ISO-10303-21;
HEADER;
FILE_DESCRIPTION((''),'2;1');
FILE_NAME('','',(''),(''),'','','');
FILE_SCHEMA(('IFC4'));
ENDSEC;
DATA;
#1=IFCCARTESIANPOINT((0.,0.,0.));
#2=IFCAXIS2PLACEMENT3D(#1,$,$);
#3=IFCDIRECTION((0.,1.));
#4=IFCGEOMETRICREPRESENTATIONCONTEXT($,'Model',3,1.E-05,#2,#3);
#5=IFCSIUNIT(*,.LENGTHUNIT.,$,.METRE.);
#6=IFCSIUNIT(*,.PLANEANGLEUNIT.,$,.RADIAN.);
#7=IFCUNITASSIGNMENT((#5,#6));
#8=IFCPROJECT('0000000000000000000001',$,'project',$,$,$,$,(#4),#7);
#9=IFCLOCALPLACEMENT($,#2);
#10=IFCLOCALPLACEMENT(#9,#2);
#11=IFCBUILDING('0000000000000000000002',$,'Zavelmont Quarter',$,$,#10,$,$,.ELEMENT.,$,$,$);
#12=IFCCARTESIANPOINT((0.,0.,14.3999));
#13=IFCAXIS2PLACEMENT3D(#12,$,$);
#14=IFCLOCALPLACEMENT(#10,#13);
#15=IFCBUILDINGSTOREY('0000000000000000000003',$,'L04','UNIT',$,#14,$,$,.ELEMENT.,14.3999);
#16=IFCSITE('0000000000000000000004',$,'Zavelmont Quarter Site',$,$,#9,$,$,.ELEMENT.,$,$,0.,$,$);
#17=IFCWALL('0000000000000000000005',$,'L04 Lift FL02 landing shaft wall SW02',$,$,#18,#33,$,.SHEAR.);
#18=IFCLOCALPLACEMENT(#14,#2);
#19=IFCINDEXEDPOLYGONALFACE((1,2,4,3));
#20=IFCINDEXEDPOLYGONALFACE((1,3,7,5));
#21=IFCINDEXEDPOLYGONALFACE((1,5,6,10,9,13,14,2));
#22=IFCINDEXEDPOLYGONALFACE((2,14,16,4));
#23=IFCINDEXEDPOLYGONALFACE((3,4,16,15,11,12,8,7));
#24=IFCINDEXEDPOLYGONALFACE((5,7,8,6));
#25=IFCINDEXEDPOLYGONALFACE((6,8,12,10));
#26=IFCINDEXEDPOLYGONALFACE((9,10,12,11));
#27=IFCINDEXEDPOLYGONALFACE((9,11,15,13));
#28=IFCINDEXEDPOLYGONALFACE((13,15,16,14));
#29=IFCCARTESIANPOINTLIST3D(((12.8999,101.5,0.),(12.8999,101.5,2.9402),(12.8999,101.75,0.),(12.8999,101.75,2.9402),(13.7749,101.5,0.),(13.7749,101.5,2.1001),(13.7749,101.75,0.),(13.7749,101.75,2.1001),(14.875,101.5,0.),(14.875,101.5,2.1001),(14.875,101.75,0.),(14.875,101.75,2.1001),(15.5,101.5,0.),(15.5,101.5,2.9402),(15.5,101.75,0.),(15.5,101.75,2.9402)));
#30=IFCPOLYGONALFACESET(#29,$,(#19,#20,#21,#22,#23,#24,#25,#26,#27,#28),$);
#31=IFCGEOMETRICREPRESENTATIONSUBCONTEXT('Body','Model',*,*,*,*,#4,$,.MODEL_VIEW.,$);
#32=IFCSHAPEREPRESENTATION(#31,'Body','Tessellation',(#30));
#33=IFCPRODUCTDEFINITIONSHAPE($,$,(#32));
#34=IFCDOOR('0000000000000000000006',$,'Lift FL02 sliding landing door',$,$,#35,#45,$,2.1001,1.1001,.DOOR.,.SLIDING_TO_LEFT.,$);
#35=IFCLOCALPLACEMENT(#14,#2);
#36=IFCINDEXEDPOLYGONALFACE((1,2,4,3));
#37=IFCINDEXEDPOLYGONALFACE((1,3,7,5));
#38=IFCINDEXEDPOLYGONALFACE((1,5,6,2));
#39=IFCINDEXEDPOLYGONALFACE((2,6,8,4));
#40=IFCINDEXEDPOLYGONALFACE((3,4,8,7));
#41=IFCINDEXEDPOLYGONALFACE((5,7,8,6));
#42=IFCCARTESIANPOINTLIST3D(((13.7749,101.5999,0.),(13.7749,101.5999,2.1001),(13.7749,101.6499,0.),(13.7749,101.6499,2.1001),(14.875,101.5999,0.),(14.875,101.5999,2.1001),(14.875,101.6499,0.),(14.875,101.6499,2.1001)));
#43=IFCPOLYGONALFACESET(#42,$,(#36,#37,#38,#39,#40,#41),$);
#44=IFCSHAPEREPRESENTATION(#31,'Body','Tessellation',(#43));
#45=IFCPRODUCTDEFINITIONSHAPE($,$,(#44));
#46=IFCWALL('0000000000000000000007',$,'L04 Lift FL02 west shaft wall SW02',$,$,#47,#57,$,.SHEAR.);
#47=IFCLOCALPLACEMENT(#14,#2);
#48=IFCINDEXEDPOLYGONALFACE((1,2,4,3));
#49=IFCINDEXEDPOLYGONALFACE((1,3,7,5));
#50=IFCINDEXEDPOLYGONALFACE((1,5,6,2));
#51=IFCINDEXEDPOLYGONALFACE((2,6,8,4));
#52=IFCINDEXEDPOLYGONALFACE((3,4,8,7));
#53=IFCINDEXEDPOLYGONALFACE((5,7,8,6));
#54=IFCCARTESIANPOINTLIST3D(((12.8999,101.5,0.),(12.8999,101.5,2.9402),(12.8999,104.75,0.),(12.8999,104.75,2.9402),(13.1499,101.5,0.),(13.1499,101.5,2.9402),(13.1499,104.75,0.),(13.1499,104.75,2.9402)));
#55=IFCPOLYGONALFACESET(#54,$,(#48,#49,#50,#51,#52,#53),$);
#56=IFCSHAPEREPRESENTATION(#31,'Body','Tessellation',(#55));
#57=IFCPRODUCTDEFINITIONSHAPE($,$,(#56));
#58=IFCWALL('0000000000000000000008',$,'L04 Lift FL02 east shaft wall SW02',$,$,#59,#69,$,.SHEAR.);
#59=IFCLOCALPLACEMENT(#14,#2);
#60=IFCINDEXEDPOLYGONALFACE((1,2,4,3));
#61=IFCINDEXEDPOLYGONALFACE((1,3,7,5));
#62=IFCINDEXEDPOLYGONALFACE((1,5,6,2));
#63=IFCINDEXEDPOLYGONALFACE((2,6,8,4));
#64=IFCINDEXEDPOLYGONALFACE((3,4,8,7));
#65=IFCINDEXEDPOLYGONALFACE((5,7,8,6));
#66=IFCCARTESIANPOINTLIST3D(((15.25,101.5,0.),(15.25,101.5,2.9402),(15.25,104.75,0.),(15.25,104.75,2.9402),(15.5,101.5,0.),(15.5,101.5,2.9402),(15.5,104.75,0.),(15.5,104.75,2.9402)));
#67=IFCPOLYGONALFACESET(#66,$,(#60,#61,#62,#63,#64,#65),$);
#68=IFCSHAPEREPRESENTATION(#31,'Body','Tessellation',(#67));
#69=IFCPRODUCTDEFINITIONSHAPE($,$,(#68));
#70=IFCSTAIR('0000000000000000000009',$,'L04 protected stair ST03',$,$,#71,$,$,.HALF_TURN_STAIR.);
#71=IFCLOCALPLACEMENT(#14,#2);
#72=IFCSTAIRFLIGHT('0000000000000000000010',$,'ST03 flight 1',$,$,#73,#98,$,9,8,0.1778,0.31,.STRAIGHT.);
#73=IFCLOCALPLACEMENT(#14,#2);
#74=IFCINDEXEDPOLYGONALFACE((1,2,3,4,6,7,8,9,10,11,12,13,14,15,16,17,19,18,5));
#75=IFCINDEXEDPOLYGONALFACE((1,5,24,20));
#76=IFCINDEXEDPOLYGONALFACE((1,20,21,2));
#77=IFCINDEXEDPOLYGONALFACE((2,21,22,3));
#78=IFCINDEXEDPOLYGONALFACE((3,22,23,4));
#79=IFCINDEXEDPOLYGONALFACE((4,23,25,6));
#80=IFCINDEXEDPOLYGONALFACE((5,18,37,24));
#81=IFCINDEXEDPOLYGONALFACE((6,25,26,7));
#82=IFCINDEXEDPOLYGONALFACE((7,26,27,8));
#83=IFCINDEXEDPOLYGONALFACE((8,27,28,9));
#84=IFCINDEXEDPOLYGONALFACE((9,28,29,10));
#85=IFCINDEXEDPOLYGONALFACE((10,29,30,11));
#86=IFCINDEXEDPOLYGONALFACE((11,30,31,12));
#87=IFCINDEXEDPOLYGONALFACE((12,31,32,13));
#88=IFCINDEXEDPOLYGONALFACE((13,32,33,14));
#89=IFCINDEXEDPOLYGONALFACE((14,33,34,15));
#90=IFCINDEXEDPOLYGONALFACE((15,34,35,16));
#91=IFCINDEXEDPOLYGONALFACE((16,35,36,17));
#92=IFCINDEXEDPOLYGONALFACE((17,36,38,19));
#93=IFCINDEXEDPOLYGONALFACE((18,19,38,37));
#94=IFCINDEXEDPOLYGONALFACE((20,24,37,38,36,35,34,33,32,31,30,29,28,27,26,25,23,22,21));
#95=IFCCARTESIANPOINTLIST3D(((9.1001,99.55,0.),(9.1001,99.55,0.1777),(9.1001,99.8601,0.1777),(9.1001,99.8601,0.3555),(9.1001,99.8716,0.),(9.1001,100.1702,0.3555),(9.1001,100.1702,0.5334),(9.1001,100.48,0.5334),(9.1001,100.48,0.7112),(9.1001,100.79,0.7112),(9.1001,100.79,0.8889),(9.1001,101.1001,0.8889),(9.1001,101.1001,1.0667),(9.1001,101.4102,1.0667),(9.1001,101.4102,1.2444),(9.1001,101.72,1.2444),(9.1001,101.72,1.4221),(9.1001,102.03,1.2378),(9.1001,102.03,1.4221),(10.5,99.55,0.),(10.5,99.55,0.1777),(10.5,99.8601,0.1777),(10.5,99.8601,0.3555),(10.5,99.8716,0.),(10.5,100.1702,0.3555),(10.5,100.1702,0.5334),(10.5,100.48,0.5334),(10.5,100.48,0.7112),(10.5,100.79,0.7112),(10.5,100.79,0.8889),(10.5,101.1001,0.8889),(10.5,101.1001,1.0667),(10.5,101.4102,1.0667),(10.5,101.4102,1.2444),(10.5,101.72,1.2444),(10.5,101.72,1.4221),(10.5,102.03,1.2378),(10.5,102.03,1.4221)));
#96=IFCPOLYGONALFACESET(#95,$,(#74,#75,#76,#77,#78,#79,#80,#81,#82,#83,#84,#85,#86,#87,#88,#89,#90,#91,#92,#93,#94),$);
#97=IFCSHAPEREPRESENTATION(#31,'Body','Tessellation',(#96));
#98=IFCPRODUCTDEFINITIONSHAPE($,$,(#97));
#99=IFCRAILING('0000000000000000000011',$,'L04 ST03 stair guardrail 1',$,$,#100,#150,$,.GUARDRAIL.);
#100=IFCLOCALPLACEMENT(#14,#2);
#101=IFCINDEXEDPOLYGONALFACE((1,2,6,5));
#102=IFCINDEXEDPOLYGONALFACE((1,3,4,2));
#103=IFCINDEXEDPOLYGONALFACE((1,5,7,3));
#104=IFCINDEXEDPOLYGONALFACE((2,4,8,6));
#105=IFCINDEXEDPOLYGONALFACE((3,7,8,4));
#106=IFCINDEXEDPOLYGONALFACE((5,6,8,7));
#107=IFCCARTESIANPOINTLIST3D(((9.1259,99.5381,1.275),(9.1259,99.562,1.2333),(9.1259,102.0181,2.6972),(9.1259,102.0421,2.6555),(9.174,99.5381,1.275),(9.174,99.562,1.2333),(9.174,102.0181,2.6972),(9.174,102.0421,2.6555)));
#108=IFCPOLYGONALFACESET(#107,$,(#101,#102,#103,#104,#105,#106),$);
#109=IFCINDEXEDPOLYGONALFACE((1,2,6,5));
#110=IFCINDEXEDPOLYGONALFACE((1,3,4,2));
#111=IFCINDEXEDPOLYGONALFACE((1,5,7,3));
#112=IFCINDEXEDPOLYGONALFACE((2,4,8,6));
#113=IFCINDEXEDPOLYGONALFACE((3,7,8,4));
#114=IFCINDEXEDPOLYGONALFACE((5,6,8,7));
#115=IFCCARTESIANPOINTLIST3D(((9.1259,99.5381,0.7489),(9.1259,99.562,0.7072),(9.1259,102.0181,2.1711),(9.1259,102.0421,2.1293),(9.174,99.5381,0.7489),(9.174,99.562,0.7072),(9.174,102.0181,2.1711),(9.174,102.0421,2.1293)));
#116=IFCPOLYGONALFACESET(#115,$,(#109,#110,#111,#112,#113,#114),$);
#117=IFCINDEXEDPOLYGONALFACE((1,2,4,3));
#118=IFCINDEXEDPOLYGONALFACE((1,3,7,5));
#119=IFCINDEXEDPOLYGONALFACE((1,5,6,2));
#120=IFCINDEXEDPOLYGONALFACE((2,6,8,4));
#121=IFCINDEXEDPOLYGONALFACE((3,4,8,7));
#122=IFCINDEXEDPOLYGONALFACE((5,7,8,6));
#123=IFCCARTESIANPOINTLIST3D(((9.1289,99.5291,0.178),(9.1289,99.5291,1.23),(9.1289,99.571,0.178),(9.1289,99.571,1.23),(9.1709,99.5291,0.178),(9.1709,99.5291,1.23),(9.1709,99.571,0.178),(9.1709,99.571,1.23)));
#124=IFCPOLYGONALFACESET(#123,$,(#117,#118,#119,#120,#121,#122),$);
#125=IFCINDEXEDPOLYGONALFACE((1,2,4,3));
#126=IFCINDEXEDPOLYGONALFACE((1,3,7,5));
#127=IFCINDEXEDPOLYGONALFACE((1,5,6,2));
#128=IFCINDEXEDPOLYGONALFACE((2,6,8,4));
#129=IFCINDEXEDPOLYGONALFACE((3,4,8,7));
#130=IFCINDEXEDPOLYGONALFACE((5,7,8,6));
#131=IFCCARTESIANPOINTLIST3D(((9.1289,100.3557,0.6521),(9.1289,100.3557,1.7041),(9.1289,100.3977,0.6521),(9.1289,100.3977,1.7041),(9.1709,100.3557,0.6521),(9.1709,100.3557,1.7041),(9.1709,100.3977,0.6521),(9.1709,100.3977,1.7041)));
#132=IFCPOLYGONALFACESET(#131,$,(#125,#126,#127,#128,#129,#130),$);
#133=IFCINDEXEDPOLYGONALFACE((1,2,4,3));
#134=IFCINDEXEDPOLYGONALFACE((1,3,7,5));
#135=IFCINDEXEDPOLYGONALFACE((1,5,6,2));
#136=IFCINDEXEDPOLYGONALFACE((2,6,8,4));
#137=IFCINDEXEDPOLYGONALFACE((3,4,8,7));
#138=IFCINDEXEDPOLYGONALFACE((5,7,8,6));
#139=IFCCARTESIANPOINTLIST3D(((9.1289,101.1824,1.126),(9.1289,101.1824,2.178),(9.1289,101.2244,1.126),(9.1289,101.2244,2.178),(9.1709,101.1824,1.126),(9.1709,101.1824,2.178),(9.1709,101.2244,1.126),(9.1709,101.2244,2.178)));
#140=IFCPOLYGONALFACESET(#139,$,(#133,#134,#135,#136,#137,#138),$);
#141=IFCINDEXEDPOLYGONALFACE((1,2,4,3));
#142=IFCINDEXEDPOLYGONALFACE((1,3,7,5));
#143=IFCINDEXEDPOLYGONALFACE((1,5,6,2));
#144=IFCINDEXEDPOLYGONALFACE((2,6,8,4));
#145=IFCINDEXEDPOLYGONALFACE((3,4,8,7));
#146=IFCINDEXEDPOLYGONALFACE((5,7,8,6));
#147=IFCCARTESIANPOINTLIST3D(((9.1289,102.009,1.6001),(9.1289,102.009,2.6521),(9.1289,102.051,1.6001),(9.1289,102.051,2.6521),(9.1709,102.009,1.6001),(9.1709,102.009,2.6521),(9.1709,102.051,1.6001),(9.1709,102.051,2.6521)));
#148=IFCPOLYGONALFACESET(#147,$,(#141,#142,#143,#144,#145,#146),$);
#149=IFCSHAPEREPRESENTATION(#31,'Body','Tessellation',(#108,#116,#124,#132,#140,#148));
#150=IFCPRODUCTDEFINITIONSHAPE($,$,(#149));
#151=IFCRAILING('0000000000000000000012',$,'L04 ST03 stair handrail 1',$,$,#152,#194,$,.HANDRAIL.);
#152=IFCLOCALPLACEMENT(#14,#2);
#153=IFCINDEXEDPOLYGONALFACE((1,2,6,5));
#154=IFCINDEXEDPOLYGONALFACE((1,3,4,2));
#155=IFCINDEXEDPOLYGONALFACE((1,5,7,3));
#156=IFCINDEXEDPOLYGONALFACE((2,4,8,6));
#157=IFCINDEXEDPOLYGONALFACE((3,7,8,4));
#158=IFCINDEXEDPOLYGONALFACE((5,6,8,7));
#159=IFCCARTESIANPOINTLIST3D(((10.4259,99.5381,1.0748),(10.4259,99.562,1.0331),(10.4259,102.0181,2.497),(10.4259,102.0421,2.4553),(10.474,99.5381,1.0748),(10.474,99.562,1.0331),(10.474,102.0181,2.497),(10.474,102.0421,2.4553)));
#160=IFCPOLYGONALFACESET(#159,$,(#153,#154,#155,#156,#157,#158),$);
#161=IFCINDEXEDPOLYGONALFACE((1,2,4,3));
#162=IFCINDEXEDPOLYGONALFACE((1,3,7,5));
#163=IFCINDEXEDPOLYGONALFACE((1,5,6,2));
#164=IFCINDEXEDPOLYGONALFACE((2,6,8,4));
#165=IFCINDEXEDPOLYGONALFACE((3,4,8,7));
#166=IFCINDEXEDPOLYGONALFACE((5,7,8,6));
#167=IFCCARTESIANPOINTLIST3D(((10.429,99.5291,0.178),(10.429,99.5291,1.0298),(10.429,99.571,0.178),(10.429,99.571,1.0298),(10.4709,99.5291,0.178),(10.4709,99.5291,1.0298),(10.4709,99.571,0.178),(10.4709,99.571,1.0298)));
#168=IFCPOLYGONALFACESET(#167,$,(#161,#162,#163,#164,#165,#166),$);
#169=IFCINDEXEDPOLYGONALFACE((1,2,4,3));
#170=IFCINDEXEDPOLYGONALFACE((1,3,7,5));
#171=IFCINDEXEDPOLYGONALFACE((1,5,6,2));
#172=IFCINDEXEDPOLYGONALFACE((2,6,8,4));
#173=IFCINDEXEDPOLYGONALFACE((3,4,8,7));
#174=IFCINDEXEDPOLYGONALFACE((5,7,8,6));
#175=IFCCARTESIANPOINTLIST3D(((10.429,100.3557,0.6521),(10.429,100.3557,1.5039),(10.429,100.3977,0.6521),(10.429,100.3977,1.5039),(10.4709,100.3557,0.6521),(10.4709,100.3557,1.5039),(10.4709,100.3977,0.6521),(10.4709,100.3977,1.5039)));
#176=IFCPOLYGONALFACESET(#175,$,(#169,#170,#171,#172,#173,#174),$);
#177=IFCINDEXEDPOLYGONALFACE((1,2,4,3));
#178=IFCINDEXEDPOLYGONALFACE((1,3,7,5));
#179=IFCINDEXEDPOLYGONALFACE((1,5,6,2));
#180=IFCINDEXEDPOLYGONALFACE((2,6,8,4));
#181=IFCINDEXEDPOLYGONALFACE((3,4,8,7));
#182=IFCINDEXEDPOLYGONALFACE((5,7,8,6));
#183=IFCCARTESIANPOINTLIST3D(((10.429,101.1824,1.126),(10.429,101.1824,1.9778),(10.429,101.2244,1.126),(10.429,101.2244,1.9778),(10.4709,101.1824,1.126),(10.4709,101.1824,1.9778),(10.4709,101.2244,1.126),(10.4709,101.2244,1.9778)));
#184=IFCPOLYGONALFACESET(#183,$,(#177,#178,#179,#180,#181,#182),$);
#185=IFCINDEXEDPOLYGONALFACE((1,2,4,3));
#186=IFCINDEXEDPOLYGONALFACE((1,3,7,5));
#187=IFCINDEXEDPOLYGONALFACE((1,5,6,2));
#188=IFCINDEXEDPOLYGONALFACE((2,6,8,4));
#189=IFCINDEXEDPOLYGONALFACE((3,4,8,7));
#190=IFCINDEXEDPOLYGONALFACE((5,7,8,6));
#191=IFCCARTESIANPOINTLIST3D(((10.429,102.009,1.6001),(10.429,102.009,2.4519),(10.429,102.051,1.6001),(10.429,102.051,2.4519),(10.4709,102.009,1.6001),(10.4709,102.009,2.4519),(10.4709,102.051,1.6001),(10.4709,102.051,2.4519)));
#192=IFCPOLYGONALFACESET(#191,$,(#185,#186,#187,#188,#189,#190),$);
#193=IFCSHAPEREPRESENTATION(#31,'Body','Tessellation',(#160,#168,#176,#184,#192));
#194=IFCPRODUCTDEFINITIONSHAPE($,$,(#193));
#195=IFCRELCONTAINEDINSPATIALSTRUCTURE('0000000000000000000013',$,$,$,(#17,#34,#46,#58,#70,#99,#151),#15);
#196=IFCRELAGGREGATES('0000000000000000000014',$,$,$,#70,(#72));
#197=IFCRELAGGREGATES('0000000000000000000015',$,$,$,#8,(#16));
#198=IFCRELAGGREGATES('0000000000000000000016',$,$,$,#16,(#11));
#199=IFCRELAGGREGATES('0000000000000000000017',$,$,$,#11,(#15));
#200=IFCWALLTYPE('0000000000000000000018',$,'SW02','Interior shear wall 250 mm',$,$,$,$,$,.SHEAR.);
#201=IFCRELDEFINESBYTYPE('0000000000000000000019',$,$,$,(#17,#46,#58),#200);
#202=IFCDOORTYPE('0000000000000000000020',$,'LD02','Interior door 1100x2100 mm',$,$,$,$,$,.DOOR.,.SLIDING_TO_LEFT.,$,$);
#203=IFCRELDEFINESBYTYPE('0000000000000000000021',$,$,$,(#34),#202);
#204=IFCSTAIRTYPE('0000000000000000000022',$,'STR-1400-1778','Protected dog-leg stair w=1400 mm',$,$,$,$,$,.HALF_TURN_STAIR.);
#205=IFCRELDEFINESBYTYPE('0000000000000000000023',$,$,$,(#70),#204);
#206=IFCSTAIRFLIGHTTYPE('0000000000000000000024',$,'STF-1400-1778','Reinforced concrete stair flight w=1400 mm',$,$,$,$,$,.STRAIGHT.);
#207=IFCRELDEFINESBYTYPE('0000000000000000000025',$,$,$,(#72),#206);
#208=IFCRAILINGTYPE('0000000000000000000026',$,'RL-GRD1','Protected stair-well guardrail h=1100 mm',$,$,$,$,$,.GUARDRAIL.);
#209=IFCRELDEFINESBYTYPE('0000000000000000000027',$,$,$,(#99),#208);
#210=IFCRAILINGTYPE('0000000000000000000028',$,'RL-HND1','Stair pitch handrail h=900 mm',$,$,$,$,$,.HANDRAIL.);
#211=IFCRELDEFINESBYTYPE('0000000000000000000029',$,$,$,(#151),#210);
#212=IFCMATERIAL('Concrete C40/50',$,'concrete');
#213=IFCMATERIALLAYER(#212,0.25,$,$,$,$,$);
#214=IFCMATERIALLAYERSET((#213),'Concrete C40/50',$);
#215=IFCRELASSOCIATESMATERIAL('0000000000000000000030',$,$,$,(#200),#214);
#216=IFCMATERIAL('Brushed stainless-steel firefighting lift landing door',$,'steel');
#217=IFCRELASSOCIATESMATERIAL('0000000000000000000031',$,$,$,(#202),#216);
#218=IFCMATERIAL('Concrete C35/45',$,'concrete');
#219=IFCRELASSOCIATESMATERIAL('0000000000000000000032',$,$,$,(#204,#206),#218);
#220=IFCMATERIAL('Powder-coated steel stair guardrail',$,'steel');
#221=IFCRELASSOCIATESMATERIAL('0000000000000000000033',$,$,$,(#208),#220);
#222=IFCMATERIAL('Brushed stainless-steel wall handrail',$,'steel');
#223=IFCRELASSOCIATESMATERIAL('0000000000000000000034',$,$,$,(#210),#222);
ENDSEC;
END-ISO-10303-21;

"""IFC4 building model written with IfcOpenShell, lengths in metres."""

from ifc_helpers import new_model, si_unit, direction, frame, frame_2d, origin, origin_with_axes, origin_2d, place, context, subcontext, project, spatial, polyline, rectangle, outline, extrude, material, layer, layer_set, type_object, element, fill, aggregate, save


model = new_model("IFC4")

# Units and contexts
model_context = context("Model", 3, precision=1e-05, world=origin(), true_north=direction((0.0, 1.0)))
body_context = subcontext(model_context, "Body", "Model", "MODEL_VIEW")
ifc_project = project(units=[si_unit("LENGTHUNIT", "METRE"), si_unit("PLANEANGLEUNIT", "RADIAN")], contexts=[model_context])

# Site, building, storey
site_placement = place(None, origin())
site = spatial("IfcSite", under=ifc_project, at=site_placement, Name="Zavelmont Quarter Site", CompositionType="ELEMENT", RefElevation=0.0)
building_placement = place(site_placement, origin())
building = spatial("IfcBuilding", under=site, at=building_placement, Name="Zavelmont Quarter", CompositionType="ELEMENT")
storey_placement = place(building_placement, frame((0.0, 0.0, 14.3999)))
storey = spatial("IfcBuildingStorey", under=building, at=storey_placement, Name="L04", Description="UNIT", CompositionType="ELEMENT", Elevation=14.3999)

# Shared definitions
ifc_material_1 = material(Name="Concrete C35/45", Category="concrete")

# Wall, opening, door
ifc_material_2 = material(Name="Concrete C40/50", Category="concrete")
ifc_layer_1 = layer(ifc_material_2, 0.25)
ifc_layer_set_1 = layer_set([ifc_layer_1], Name="Concrete C40/50")
wall_type_1 = type_object("IfcWallType", Name="SW02", Description="Interior shear wall 250 mm", PredefinedType="SHEAR", material=ifc_layer_set_1)
wall_1_placement = place(storey_placement, frame((12.8999, 101.625, 0.0), z_axis=(0.0, 0.0, 1.0), x_axis=(1.0, 0.0, 0.0)))
wall_1 = element("IfcWall", 1, at=wall_1_placement, inside=storey, type_object=wall_type_1, Name="L04 Lift FL02 landing shaft wall SW02", PredefinedType="SHEAR", context=body_context, shape_type="SweptSolid", body=[
    extrude(rectangle(XDim=2.6001, YDim=0.25, at=frame_2d((1.3, 0.0))), origin(), (0.0, 0.0, 1.0), 2.9402),
])
opening_1_placement = place(wall_1_placement, frame((0.875, 0.0, 0.0)))
opening_1 = element("IfcOpeningElement", 2, at=opening_1_placement, cuts=wall_1, PredefinedType="OPENING", context=body_context, shape_type="SweptSolid", body=[
    extrude(rectangle(XDim=1.1001, YDim=2.1001, at=frame_2d((0.55, 1.05))), frame((0.0, 0.137, 0.0), z_axis=(0.0, -1.0, 0.0), x_axis=(1.0, 0.0, 0.0)), (0.0, 0.0, 1.0), 0.2739),
])
ifc_material_3 = material(Name="Brushed stainless-steel firefighting lift landing door", Category="steel")
door_type_1 = type_object("IfcDoorType", Name="LD02", Description="Interior door 1100x2100 mm", OperationType="SLIDING_TO_LEFT", PredefinedType="DOOR", material=ifc_material_3)
door_1_placement = place(opening_1_placement, origin_with_axes())
door_1 = element("IfcDoor", 3, at=door_1_placement, inside=storey, type_object=door_type_1, Name="Lift FL02 sliding landing door", OperationType="SLIDING_TO_LEFT", OverallHeight=2.1001, OverallWidth=1.1001, PredefinedType="DOOR", context=body_context, shape_type="SweptSolid", body=[
    extrude(rectangle(XDim=1.1001, YDim=2.1001, at=frame_2d((0.55, 1.05))), frame((0.0, 0.0249, 0.0), z_axis=(0.0, -1.0, 0.0), x_axis=(1.0, 0.0, 0.0)), (0.0, 0.0, 1.0), 0.05),
])
fill(opening_1, door_1)

# Walls
for number, where, z_axis, x_axis, name in (
    (4, (13.0249, 101.5, 0.0), (0.0, 0.0, 1.0), (0.0, 1.0, 0.0), "L04 Lift FL02 west shaft wall SW02"),
    (5, (15.375, 101.5, 0.0), (0.0, 0.0, 1.0), (0.0, 1.0, 0.0), "L04 Lift FL02 east shaft wall SW02"),
):
    element("IfcWall", number, at=place(storey_placement, frame(where, z_axis=z_axis, x_axis=x_axis)), inside=storey, type_object=wall_type_1, Name=name, PredefinedType="SHEAR", context=body_context, shape_type="SweptSolid", body=[
        extrude(rectangle(XDim=3.25, YDim=0.25, at=frame_2d((1.625, 0.0))), origin(), (0.0, 0.0, 1.0), 2.9402),
    ])

# Stair, stair flight
stair_type = type_object("IfcStairType", Name="STR-1400-1778", Description="Protected dog-leg stair w=1400 mm", PredefinedType="HALF_TURN_STAIR", material=ifc_material_1)
stair_placement = place(storey_placement, origin())
stair = element("IfcStair", 6, at=stair_placement, inside=storey, type_object=stair_type, Name="L04 protected stair ST03", PredefinedType="HALF_TURN_STAIR")
stair_flight_type = type_object("IfcStairFlightType", Name="STF-1400-1778", Description="Reinforced concrete stair flight w=1400 mm", PredefinedType="STRAIGHT", material=ifc_material_1)
stair_flight_placement = place(storey_placement, frame((9.8, 99.55, 0.0), z_axis=(0.0, 0.0, 1.0), x_axis=(0.0, 1.0, 0.0)))
stair_flight = element("IfcStairFlight", 7, at=stair_flight_placement, type_object=stair_flight_type, Name="ST03 flight 1", NumberOfRisers=9, NumberOfTreads=8, PredefinedType="STRAIGHT", RiserHeight=0.1778, TreadLength=0.31, context=body_context, shape_type="SweptSolid", body=[
    extrude(outline(polyline([(0.0, 0.0), (0.0, 0.1777), (0.3101, 0.1777), (0.3101, 0.3555), (0.6201, 0.3555), (0.6201, 0.5334), (0.9299, 0.5334), (0.9299, 0.7112), (1.24, 0.7112), (1.24, 0.8889), (1.55, 0.8889), (1.55, 1.0667), (1.8601, 1.0667), (1.8601, 1.2444), (2.1699, 1.2444), (2.1699, 1.4221), (2.48, 1.4221), (2.48, 1.6001), (2.48, 1.2378), (0.3215, 0.0), (0.0, 0.0)])), frame((0.0, 0.7, 0.0), z_axis=(0.0, -1.0, 0.0), x_axis=(1.0, 0.0, 0.0)), (0.0, 0.0, 1.0), 1.3999),
])
aggregate(stair, [stair_flight])

# Railings
ifc_material_4 = material(Name="Powder-coated steel stair guardrail", Category="steel")
railing_type_1 = type_object("IfcRailingType", Name="RL-GRD1", Description="Protected stair-well guardrail h=1100 mm", PredefinedType="GUARDRAIL", material=ifc_material_4)
railing_1_placement = place(storey_placement, frame((9.1499, 99.55, 0.178)))
element("IfcRailing", 8, at=railing_1_placement, inside=storey, type_object=railing_type_1, Name="L04 ST03 stair guardrail 1", PredefinedType="GUARDRAIL", context=body_context, shape_type="SweptSolid", body=[
    extrude(rectangle(XDim=0.0481, YDim=0.0481, at=origin_2d()), frame((0.0, 0.0, 1.0762), z_axis=(0.0, 0.867491, 0.497454), x_axis=(-1.0, 0.0, 0.0)), (0.0, 0.0, 1.0), 2.8589),
    extrude(rectangle(XDim=0.0481, YDim=0.0481, at=origin_2d()), frame((0.0, 0.0, 0.55), z_axis=(0.0, 0.867491, 0.497454), x_axis=(-1.0, 0.0, 0.0)), (0.0, 0.0, 1.0), 2.8589),
    extrude(rectangle(XDim=0.042, YDim=0.042, at=origin_2d()), origin(), (0.0, 0.0, 1.0), 1.052),
    extrude(rectangle(XDim=0.042, YDim=0.042, at=origin_2d()), frame((0.0, 0.8267, 0.4741)), (0.0, 0.0, 1.0), 1.052),
    extrude(rectangle(XDim=0.042, YDim=0.042, at=origin_2d()), frame((0.0, 1.6533, 0.948)), (0.0, 0.0, 1.0), 1.052),
    extrude(rectangle(XDim=0.042, YDim=0.042, at=origin_2d()), frame((0.0, 2.48, 1.4221)), (0.0, 0.0, 1.0), 1.052),
])
ifc_material_5 = material(Name="Brushed stainless-steel wall handrail", Category="steel")
railing_type_2 = type_object("IfcRailingType", Name="RL-HND1", Description="Stair pitch handrail h=900 mm", PredefinedType="HANDRAIL", material=ifc_material_5)
railing_2_placement = place(storey_placement, frame((10.45, 99.55, 0.178)))
element("IfcRailing", 9, at=railing_2_placement, inside=storey, type_object=railing_type_2, Name="L04 ST03 stair handrail 1", PredefinedType="HANDRAIL", context=body_context, shape_type="SweptSolid", body=[
    extrude(rectangle(XDim=0.0481, YDim=0.0481, at=origin_2d()), frame((0.0, 0.0, 0.876), z_axis=(0.0, 0.867491, 0.497454), x_axis=(-1.0, 0.0, 0.0)), (0.0, 0.0, 1.0), 2.8589),
    extrude(rectangle(XDim=0.042, YDim=0.042, at=origin_2d()), origin(), (0.0, 0.0, 1.0), 0.8518),
    extrude(rectangle(XDim=0.042, YDim=0.042, at=origin_2d()), frame((0.0, 0.8267, 0.4741)), (0.0, 0.0, 1.0), 0.8518),
    extrude(rectangle(XDim=0.042, YDim=0.042, at=origin_2d()), frame((0.0, 1.6533, 0.948)), (0.0, 0.0, 1.0), 0.8518),
    extrude(rectangle(XDim=0.042, YDim=0.042, at=origin_2d()), frame((0.0, 2.48, 1.4221)), (0.0, 0.0, 1.0), 0.8518),
])

save(model, "model.ifc")
